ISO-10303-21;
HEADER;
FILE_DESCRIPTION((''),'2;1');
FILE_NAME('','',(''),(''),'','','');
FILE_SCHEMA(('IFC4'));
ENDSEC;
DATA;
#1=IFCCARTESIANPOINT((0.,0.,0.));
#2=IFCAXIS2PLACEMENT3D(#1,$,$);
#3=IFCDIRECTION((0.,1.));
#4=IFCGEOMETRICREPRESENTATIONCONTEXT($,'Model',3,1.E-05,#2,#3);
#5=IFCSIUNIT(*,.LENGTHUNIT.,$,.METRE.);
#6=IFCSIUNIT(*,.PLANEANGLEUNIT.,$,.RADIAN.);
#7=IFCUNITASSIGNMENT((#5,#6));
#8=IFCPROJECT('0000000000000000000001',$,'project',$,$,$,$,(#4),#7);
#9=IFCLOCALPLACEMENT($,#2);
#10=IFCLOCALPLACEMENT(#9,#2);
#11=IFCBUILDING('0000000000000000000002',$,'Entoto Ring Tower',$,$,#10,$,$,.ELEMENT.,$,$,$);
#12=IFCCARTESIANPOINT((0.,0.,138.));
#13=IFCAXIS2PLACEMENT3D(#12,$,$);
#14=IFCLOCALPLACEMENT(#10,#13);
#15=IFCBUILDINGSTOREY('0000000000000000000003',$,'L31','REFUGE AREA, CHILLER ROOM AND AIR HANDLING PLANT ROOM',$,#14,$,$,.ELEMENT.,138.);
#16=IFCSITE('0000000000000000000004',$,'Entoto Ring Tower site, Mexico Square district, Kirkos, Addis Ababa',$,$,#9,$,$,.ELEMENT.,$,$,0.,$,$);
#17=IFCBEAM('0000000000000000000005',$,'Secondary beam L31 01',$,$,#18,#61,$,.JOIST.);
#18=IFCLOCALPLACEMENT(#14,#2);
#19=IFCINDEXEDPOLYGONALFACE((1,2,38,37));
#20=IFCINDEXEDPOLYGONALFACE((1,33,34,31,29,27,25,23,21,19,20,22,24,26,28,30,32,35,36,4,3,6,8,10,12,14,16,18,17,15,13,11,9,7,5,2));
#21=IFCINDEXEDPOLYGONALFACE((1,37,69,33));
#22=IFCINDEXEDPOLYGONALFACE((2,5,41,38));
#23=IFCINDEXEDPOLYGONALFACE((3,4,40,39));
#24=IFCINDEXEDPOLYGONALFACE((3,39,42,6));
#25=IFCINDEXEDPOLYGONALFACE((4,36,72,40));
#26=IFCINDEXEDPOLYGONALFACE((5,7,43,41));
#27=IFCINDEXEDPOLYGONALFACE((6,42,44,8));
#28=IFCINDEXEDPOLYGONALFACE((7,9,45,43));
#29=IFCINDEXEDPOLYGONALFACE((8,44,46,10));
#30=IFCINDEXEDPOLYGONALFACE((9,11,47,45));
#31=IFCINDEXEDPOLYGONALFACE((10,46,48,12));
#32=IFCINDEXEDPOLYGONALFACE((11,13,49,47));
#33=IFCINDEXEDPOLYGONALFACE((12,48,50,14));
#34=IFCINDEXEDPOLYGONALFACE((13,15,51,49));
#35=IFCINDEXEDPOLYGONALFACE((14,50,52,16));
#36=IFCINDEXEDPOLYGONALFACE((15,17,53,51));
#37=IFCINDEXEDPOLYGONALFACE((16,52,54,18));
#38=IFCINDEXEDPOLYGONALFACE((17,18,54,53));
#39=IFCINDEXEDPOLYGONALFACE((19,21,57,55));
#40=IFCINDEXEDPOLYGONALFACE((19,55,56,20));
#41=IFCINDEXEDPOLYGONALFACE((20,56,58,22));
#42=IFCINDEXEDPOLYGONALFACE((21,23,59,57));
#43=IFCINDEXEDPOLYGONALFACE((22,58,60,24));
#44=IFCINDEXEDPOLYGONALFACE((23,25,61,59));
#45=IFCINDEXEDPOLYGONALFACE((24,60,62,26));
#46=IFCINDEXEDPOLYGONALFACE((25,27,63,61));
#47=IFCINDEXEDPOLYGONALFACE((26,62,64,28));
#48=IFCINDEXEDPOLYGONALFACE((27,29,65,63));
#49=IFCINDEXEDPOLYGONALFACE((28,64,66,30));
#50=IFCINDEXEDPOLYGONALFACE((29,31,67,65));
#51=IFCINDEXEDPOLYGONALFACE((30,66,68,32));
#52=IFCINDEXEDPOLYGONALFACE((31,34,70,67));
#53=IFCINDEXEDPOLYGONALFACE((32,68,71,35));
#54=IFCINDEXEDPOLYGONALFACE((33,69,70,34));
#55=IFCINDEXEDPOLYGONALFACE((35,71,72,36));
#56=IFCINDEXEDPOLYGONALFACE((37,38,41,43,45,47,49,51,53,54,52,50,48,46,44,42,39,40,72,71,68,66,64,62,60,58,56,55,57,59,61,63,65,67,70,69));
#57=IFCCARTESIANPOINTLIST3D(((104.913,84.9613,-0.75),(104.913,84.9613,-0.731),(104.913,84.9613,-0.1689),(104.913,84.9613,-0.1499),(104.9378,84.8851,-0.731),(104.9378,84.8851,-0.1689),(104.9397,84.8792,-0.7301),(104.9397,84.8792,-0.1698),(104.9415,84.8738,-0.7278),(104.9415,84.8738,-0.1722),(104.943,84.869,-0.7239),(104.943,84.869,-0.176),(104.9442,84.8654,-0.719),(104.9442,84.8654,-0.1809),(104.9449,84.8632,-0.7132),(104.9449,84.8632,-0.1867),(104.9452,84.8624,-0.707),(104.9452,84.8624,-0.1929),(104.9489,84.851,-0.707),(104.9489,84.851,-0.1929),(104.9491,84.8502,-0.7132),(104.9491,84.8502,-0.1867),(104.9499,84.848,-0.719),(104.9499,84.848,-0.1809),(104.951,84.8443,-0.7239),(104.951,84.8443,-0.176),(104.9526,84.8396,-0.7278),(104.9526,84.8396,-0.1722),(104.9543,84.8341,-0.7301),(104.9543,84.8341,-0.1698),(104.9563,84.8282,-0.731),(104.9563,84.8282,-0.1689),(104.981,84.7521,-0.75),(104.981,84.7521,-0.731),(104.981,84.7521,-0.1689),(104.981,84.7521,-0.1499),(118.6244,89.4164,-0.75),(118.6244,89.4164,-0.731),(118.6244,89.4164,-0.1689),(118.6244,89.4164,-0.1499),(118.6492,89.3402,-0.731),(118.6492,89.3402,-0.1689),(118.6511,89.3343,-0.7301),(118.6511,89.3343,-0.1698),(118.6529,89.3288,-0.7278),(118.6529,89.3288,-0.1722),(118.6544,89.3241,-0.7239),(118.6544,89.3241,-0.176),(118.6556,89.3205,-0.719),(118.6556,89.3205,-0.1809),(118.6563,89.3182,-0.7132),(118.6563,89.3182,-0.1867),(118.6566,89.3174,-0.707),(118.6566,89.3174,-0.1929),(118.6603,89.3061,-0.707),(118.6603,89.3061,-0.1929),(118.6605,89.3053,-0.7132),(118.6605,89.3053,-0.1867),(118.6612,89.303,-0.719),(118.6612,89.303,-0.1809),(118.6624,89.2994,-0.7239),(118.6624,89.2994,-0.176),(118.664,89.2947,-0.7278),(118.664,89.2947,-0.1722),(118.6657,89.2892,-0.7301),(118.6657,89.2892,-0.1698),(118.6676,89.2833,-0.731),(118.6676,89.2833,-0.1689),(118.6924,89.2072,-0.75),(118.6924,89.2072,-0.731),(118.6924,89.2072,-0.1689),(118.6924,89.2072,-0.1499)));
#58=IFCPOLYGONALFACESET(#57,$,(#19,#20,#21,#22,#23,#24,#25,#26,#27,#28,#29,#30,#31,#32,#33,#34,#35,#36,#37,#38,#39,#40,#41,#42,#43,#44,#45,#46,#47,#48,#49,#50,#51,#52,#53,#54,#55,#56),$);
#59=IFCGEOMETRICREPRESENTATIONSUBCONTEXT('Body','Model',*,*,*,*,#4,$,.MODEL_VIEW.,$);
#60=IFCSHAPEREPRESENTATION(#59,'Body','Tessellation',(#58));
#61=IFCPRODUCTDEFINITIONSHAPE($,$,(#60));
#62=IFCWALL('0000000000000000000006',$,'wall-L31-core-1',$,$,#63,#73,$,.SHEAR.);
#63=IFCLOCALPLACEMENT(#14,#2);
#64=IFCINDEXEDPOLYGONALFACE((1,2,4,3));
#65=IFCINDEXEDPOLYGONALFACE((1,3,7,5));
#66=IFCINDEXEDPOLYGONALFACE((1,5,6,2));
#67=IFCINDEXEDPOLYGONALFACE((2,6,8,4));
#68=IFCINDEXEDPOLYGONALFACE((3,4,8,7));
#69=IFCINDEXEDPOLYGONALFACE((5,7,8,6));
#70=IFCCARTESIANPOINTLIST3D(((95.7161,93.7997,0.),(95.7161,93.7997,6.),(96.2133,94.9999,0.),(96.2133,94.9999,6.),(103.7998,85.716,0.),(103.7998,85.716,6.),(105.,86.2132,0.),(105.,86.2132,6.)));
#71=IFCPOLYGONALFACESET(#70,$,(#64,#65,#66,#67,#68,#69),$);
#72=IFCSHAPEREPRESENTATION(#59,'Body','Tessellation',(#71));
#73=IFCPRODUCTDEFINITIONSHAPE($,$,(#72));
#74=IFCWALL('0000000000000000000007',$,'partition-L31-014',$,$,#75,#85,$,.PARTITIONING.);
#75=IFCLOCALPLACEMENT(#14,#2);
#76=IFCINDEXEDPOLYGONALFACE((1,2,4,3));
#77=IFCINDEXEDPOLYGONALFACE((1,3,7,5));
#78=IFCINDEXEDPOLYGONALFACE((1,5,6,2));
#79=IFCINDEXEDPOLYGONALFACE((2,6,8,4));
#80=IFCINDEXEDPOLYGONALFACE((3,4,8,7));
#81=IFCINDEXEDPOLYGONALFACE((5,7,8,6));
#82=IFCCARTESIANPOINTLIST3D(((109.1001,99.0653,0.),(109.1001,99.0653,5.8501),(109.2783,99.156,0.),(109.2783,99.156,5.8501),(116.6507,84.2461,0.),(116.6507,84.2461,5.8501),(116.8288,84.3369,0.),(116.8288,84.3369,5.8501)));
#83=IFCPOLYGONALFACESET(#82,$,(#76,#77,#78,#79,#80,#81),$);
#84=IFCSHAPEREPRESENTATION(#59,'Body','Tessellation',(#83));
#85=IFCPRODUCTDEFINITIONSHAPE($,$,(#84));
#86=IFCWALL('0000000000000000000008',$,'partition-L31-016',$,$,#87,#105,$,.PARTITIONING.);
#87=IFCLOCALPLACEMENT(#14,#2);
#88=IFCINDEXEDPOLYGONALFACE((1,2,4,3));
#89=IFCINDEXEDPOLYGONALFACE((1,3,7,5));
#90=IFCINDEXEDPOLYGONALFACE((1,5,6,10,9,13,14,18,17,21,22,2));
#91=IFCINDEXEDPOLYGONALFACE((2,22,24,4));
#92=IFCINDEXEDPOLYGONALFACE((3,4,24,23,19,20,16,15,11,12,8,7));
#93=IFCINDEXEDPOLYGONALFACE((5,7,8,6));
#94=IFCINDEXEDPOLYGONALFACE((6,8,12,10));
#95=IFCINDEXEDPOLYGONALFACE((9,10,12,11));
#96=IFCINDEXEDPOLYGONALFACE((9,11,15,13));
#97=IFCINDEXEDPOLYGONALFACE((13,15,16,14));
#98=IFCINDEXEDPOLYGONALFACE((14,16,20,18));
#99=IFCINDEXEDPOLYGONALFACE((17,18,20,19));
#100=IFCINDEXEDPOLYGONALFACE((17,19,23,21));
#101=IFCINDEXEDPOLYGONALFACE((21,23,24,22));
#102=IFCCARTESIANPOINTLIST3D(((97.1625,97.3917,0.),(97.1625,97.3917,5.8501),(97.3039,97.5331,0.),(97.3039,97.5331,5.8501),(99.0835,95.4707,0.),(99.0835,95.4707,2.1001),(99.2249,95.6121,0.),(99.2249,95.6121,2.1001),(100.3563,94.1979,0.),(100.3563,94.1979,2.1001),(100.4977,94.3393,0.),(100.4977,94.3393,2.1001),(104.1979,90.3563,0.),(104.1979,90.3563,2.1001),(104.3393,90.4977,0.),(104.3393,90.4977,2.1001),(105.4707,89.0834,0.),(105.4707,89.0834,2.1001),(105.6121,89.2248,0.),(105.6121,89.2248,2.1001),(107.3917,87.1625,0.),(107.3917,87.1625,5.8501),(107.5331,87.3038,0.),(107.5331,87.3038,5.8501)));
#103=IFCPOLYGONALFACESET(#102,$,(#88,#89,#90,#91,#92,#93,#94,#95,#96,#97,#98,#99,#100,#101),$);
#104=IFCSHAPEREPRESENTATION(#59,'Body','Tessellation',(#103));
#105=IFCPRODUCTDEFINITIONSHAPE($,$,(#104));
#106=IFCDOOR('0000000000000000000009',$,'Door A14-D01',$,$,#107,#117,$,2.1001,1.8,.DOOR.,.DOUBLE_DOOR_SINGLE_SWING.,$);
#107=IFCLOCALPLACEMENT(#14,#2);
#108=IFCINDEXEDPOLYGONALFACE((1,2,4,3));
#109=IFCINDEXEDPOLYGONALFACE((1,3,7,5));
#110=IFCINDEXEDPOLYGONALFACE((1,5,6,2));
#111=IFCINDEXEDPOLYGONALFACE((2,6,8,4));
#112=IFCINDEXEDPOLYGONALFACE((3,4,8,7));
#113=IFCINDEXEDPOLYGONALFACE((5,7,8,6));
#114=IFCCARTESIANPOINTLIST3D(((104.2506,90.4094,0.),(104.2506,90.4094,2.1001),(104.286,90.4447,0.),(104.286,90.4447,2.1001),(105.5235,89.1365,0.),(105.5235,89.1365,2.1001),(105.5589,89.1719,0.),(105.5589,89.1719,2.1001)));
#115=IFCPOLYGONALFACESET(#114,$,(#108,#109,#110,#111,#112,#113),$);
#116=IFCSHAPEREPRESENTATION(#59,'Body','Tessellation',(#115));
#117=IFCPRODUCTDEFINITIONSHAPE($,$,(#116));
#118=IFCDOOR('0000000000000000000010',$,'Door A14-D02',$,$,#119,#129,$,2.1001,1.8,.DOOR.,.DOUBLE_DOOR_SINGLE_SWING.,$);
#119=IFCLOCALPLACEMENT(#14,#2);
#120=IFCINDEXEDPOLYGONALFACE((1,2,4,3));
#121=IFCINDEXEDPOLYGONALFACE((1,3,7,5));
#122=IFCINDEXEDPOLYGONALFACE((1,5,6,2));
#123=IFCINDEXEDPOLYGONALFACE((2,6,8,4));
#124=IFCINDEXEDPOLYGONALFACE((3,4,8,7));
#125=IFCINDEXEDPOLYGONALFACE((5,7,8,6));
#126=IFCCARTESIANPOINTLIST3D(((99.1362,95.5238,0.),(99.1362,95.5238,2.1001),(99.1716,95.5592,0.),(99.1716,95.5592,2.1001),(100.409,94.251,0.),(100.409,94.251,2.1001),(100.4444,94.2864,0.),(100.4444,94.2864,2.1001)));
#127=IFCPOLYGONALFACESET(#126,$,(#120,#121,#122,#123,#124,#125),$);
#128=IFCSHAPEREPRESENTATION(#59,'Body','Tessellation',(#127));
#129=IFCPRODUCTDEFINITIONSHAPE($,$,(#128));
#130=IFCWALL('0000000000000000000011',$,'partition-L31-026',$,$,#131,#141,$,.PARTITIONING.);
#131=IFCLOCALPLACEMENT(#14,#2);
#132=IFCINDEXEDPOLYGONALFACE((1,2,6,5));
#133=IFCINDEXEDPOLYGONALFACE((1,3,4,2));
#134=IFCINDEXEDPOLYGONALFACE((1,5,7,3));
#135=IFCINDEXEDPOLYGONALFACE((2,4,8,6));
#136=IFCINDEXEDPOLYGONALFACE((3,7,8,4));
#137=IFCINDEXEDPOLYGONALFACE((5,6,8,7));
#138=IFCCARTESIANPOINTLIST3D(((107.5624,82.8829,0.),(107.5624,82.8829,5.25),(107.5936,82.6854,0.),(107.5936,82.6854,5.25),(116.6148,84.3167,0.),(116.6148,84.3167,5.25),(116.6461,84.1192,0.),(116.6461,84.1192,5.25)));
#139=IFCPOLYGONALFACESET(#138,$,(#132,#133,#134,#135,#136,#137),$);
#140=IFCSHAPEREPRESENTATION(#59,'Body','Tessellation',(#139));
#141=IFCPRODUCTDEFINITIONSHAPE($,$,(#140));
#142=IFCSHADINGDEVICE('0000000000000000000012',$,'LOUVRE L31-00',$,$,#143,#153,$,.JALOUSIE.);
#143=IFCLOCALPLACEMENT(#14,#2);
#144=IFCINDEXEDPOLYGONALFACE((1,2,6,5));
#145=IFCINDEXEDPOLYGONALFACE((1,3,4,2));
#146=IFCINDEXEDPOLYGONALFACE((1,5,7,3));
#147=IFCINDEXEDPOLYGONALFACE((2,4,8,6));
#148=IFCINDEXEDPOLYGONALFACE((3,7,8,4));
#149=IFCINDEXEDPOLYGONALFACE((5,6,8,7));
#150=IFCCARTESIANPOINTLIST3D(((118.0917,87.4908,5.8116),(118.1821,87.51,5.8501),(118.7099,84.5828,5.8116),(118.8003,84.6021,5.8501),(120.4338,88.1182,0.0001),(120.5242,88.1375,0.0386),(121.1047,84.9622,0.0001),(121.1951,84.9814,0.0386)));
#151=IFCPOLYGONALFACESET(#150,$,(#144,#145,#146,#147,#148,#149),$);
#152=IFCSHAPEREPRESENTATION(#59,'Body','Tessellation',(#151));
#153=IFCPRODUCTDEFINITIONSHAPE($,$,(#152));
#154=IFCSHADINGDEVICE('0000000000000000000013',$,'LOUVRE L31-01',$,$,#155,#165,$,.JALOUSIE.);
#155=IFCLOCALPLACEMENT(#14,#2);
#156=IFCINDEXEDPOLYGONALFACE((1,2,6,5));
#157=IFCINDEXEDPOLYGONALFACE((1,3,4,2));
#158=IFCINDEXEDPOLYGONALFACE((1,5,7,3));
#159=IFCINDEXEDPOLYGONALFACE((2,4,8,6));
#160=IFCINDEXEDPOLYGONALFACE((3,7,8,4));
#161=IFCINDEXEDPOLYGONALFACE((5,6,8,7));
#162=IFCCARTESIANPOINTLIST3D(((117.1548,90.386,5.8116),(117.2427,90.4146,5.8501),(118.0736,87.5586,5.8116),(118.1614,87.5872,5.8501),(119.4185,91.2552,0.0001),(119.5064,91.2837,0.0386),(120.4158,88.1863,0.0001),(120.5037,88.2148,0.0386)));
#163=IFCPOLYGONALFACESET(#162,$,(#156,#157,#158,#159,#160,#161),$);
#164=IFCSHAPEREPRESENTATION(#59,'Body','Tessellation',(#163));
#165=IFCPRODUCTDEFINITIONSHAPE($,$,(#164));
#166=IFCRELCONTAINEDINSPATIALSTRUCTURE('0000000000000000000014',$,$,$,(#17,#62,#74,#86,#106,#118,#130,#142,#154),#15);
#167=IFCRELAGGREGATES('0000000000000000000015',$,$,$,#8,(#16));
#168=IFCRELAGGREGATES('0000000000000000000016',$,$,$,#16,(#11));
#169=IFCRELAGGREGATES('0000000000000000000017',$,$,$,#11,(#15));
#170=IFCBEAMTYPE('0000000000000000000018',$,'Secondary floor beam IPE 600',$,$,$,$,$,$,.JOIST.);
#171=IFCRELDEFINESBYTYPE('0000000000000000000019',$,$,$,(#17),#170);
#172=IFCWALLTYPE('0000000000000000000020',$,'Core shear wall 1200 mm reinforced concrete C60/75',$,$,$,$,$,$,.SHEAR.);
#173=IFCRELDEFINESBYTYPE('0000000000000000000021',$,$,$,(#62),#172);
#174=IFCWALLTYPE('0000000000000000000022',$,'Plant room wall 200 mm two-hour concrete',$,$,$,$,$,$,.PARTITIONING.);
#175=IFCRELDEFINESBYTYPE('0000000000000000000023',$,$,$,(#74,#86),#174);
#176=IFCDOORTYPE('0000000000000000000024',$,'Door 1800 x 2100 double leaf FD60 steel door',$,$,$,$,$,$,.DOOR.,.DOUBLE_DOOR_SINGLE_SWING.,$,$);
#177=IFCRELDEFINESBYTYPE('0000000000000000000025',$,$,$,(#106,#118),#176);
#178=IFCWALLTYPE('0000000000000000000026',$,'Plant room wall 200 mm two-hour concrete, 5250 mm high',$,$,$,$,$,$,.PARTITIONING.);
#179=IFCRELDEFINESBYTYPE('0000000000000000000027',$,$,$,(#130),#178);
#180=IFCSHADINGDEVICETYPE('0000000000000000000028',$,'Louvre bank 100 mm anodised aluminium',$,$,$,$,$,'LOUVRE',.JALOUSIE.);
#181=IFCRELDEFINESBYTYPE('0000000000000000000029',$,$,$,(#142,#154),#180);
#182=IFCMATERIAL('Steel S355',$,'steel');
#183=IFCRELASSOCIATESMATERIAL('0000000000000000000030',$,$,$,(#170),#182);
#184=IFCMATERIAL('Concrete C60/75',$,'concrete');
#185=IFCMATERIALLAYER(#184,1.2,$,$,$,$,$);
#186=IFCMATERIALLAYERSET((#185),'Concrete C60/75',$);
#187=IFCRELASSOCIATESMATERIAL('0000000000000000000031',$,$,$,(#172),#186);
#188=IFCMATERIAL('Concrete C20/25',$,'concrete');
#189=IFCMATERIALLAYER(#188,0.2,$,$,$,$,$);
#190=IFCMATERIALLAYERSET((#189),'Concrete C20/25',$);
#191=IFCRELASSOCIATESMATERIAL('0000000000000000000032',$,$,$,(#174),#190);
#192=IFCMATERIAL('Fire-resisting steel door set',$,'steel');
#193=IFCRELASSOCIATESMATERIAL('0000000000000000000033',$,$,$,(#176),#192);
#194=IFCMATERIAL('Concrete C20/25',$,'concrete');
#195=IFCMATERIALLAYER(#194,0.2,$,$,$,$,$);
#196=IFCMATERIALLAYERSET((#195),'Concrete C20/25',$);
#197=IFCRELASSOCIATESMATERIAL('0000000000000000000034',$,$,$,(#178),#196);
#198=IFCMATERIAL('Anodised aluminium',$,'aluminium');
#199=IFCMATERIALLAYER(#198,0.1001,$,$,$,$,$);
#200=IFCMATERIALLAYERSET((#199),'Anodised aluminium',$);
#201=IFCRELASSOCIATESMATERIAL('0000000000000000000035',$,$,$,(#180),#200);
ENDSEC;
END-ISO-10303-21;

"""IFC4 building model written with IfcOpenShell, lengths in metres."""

from ifc_helpers import new_model, si_unit, direction, frame, frame_2d, origin, origin_2d, place, context, subcontext, project, spatial, polyline, rectangle, i_section, outline, extrude, material, layer, layer_set, material_profile, profile_set, type_object, element, fill, save


model = new_model("IFC4")

# Units and contexts
model_context = context("Model", 3, precision=1e-05, world=origin(), true_north=direction((0.0, 1.0)))
body_context = subcontext(model_context, "Body", "Model", "MODEL_VIEW")
ifc_project = project(units=[si_unit("LENGTHUNIT", "METRE"), si_unit("PLANEANGLEUNIT", "RADIAN")], contexts=[model_context])

# Site, building, storey
site_placement = place(None, origin())
site = spatial("IfcSite", under=ifc_project, at=site_placement, Name="Entoto Ring Tower site, Mexico Square district, Kirkos, Addis Ababa", CompositionType="ELEMENT", RefElevation=0.0)
building_placement = place(site_placement, origin())
building = spatial("IfcBuilding", under=site, at=building_placement, Name="Entoto Ring Tower", CompositionType="ELEMENT")
storey_placement = place(building_placement, frame((0.0, 0.0, 138.0)))
storey = spatial("IfcBuildingStorey", under=building, at=storey_placement, Name="L31", Description="REFUGE AREA, CHILLER ROOM AND AIR HANDLING PLANT ROOM", CompositionType="ELEMENT", Elevation=138.0)

# Beam
ifc_material_1 = material(Name="Steel S355", Category="steel")
ifc_material_profile_1 = material_profile(ifc_material_1, i_section(OverallWidth=0.22, OverallDepth=0.6001, WebThickness=0.012, FlangeThickness=0.019, FilletRadius=0.0239, at=origin_2d()), Name="IPE 600")
ifc_profile_set_1 = profile_set([ifc_material_profile_1], Name="Steel S355")
beam_type_1 = type_object("IfcBeamType", Name="Secondary floor beam IPE 600", PredefinedType="JOIST", material=ifc_profile_set_1)
beam_1_placement = place(storey_placement, frame((104.947, 84.8567, -0.45), z_axis=(0.951057, 0.309015, 0.0), x_axis=(-0.309015, 0.951057, 0.0)))
element("IfcBeam", 1, at=beam_1_placement, inside=storey, type_object=beam_type_1, Name="Secondary beam L31 01", PredefinedType="JOIST", context=body_context, shape_type="SweptSolid", body=[
    extrude(i_section(OverallWidth=0.22, OverallDepth=0.6001, WebThickness=0.012, FlangeThickness=0.019, FilletRadius=0.0239, at=origin_2d()), origin(), (0.0, 0.0, 1.0), 14.417),
])

# Walls
ifc_material_2 = material(Name="Concrete C60/75", Category="concrete")
ifc_layer_1 = layer(ifc_material_2, 1.2)
ifc_layer_set_1 = layer_set([ifc_layer_1], Name="Concrete C60/75")
wall_type_1 = type_object("IfcWallType", Name="Core shear wall 1200 mm reinforced concrete C60/75", PredefinedType="SHEAR", material=ifc_layer_set_1)
wall_1_placement = place(storey_placement, frame((104.3999, 85.9646, 0.0), z_axis=(0.0, 0.0, 1.0), x_axis=(-0.707107, 0.707107, 0.0)))
element("IfcWall", 2, at=wall_1_placement, inside=storey, type_object=wall_type_1, Name="wall-L31-core-1", PredefinedType="SHEAR", context=body_context, shape_type="SweptSolid", body=[
    extrude(outline(polyline([(-0.2485, -0.6001), (12.1777, -0.6001), (11.6807, 0.6001), (0.2485, 0.6001), (-0.2485, -0.6001)])), origin(), (0.0, 0.0, 1.0), 6.0),
])
ifc_material_3 = material(Name="Concrete C20/25", Category="concrete")
ifc_layer_2 = layer(ifc_material_3, 0.2)
ifc_layer_set_2 = layer_set([ifc_layer_2], Name="Concrete C20/25")
wall_type_2 = type_object("IfcWallType", Name="Plant room wall 200 mm two-hour concrete", PredefinedType="PARTITIONING", material=ifc_layer_set_2)
wall_2_placement = place(storey_placement, frame((116.7397, 84.2915, 0.0), z_axis=(0.0, 0.0, 1.0), x_axis=(-0.453983, 0.891011, 0.0)))
element("IfcWall", 3, at=wall_2_placement, inside=storey, type_object=wall_type_2, Name="partition-L31-014", PredefinedType="PARTITIONING", context=body_context, shape_type="SweptSolid", body=[
    extrude(rectangle(XDim=16.6318, YDim=0.2, at=frame_2d((8.3159, 0.0))), origin(), (0.0, 0.0, 1.0), 5.8501),
])

# Wall, openings, doors
wall_3_placement = place(storey_placement, frame((107.4624, 87.2332, 0.0), z_axis=(0.0, 0.0, 1.0), x_axis=(-0.707107, 0.707107, 0.0)))
wall_3 = element("IfcWall", 4, at=wall_3_placement, inside=storey, type_object=wall_type_2, Name="partition-L31-016", PredefinedType="PARTITIONING", context=body_context, shape_type="SweptSolid", body=[
    extrude(rectangle(XDim=14.4663, YDim=0.2, at=frame_2d((7.2332, 0.0))), origin(), (0.0, 0.0, 1.0), 5.8501),
])
opening_1_placement = place(wall_3_placement, frame((2.7168, 0.0, 0.0)))
opening_1 = element("IfcOpeningElement", 5, at=opening_1_placement, cuts=wall_3, PredefinedType="OPENING", context=body_context, shape_type="SweptSolid", body=[
    extrude(rectangle(XDim=1.8, YDim=2.1001, at=frame_2d((0.8999, 1.05))), frame((0.0, 0.1099, 0.0), z_axis=(0.0, -1.0, 0.0), x_axis=(1.0, 0.0, 0.0)), (0.0, 0.0, 1.0), 0.22),
])
opening_2_placement = place(wall_3_placement, frame((9.9497, 0.0, 0.0)))
opening_2 = element("IfcOpeningElement", 6, at=opening_2_placement, cuts=wall_3, PredefinedType="OPENING", context=body_context, shape_type="SweptSolid", body=[
    extrude(rectangle(XDim=1.8, YDim=2.1001, at=frame_2d((0.8999, 1.05))), frame((0.0, 0.1099, 0.0), z_axis=(0.0, -1.0, 0.0), x_axis=(1.0, 0.0, 0.0)), (0.0, 0.0, 1.0), 0.22),
])
ifc_material_4 = material(Name="Fire-resisting steel door set", Category="steel")
door_type = type_object("IfcDoorType", Name="Door 1800 x 2100 double leaf FD60 steel door", OperationType="DOUBLE_DOOR_SINGLE_SWING", PredefinedType="DOOR", material=ifc_material_4)
door_1_placement = place(opening_1_placement, frame((1.8, 0.0, 0.0), z_axis=(0.0, 0.0, 1.0), x_axis=(-1.0, 0.0, 0.0)))
door_1 = element("IfcDoor", 7, at=door_1_placement, inside=storey, type_object=door_type, Name="Door A14-D01", OperationType="DOUBLE_DOOR_SINGLE_SWING", OverallHeight=2.1001, OverallWidth=1.8, PredefinedType="DOOR", context=body_context, shape_type="SweptSolid", body=[
    extrude(rectangle(XDim=1.8, YDim=2.1001, at=frame_2d((0.8999, 1.05))), frame((0.0, 0.0249, 0.0), z_axis=(0.0, -1.0, 0.0), x_axis=(1.0, 0.0, 0.0)), (0.0, 0.0, 1.0), 0.05),
])
fill(opening_1, door_1)
door_2_placement = place(opening_2_placement, frame((1.8, 0.0, 0.0), z_axis=(0.0, 0.0, 1.0), x_axis=(-1.0, 0.0, 0.0)))
door_2 = element("IfcDoor", 8, at=door_2_placement, inside=storey, type_object=door_type, Name="Door A14-D02", OperationType="DOUBLE_DOOR_SINGLE_SWING", OverallHeight=2.1001, OverallWidth=1.8, PredefinedType="DOOR", context=body_context, shape_type="SweptSolid", body=[
    extrude(rectangle(XDim=1.8, YDim=2.1001, at=frame_2d((0.8999, 1.05))), frame((0.0, 0.0249, 0.0), z_axis=(0.0, -1.0, 0.0), x_axis=(1.0, 0.0, 0.0)), (0.0, 0.0, 1.0), 0.05),
])
fill(opening_2, door_2)

# Wall
ifc_material_5 = material(Name="Concrete C20/25", Category="concrete")
ifc_layer_3 = layer(ifc_material_5, 0.2)
ifc_layer_set_3 = layer_set([ifc_layer_3], Name="Concrete C20/25")
wall_type_3 = type_object("IfcWallType", Name="Plant room wall 200 mm two-hour concrete, 5250 mm high", PredefinedType="PARTITIONING", material=ifc_layer_set_3)
wall_4_placement = place(storey_placement, frame((107.5781, 82.7842, 0.0), z_axis=(0.0, 0.0, 1.0), x_axis=(0.987687, 0.156441, 0.0)))
element("IfcWall", 9, at=wall_4_placement, inside=storey, type_object=wall_type_3, Name="partition-L31-026", PredefinedType="PARTITIONING", context=body_context, shape_type="SweptSolid", body=[
    extrude(rectangle(XDim=9.1653, YDim=0.2, at=frame_2d((4.5825, 0.0))), origin(), (0.0, 0.0, 1.0), 5.25),
])

# Shading devices
ifc_material_6 = material(Name="Anodised aluminium", Category="aluminium")
ifc_layer_4 = layer(ifc_material_6, 0.1001)
ifc_layer_set_4 = layer_set([ifc_layer_4], Name="Anodised aluminium")
shading_device_type = type_object("IfcShadingDeviceType", Name="Louvre bank 100 mm anodised aluminium", ElementType="LOUVRE", PredefinedType="JALOUSIE", material=ifc_layer_set_4)
shading_device_1_placement = place(storey_placement, frame((121.1951, 84.9814, 0.0386), z_axis=(0.90291, 0.191938, 0.384595), x_axis=(-0.207931, 0.978143, 0.0)))
element("IfcShadingDevice", 10, at=shading_device_1_placement, inside=storey, type_object=shading_device_type, Name="LOUVRE L31-00", PredefinedType="JALOUSIE", context=body_context, shape_type="SweptSolid", body=[
    extrude(outline(polyline([(0.0, 0.0), (3.2265, 0.0), (3.0998, 6.2958), (0.1268, 6.2958), (0.0, 0.0)])), origin(), (0.0, 0.0, -1.0), 0.1001),
])
shading_device_2_placement = place(storey_placement, frame((120.5037, 88.2148, 0.0386), z_axis=(0.877885, 0.285274, 0.384624), x_axis=(-0.309051, 0.951045, 0.000008)))
element("IfcShadingDevice", 11, at=shading_device_2_placement, inside=storey, type_object=shading_device_type, Name="LOUVRE L31-01", PredefinedType="JALOUSIE", context=body_context, shape_type="SweptSolid", body=[
    extrude(outline(polyline([(0.0, 0.0), (3.2268, 0.0), (3.0999, 6.2958), (0.127, 6.2959), (0.0, 0.0)])), origin(), (0.0, 0.0, -1.0), 0.1001),
])

save(model, "model.ifc")
